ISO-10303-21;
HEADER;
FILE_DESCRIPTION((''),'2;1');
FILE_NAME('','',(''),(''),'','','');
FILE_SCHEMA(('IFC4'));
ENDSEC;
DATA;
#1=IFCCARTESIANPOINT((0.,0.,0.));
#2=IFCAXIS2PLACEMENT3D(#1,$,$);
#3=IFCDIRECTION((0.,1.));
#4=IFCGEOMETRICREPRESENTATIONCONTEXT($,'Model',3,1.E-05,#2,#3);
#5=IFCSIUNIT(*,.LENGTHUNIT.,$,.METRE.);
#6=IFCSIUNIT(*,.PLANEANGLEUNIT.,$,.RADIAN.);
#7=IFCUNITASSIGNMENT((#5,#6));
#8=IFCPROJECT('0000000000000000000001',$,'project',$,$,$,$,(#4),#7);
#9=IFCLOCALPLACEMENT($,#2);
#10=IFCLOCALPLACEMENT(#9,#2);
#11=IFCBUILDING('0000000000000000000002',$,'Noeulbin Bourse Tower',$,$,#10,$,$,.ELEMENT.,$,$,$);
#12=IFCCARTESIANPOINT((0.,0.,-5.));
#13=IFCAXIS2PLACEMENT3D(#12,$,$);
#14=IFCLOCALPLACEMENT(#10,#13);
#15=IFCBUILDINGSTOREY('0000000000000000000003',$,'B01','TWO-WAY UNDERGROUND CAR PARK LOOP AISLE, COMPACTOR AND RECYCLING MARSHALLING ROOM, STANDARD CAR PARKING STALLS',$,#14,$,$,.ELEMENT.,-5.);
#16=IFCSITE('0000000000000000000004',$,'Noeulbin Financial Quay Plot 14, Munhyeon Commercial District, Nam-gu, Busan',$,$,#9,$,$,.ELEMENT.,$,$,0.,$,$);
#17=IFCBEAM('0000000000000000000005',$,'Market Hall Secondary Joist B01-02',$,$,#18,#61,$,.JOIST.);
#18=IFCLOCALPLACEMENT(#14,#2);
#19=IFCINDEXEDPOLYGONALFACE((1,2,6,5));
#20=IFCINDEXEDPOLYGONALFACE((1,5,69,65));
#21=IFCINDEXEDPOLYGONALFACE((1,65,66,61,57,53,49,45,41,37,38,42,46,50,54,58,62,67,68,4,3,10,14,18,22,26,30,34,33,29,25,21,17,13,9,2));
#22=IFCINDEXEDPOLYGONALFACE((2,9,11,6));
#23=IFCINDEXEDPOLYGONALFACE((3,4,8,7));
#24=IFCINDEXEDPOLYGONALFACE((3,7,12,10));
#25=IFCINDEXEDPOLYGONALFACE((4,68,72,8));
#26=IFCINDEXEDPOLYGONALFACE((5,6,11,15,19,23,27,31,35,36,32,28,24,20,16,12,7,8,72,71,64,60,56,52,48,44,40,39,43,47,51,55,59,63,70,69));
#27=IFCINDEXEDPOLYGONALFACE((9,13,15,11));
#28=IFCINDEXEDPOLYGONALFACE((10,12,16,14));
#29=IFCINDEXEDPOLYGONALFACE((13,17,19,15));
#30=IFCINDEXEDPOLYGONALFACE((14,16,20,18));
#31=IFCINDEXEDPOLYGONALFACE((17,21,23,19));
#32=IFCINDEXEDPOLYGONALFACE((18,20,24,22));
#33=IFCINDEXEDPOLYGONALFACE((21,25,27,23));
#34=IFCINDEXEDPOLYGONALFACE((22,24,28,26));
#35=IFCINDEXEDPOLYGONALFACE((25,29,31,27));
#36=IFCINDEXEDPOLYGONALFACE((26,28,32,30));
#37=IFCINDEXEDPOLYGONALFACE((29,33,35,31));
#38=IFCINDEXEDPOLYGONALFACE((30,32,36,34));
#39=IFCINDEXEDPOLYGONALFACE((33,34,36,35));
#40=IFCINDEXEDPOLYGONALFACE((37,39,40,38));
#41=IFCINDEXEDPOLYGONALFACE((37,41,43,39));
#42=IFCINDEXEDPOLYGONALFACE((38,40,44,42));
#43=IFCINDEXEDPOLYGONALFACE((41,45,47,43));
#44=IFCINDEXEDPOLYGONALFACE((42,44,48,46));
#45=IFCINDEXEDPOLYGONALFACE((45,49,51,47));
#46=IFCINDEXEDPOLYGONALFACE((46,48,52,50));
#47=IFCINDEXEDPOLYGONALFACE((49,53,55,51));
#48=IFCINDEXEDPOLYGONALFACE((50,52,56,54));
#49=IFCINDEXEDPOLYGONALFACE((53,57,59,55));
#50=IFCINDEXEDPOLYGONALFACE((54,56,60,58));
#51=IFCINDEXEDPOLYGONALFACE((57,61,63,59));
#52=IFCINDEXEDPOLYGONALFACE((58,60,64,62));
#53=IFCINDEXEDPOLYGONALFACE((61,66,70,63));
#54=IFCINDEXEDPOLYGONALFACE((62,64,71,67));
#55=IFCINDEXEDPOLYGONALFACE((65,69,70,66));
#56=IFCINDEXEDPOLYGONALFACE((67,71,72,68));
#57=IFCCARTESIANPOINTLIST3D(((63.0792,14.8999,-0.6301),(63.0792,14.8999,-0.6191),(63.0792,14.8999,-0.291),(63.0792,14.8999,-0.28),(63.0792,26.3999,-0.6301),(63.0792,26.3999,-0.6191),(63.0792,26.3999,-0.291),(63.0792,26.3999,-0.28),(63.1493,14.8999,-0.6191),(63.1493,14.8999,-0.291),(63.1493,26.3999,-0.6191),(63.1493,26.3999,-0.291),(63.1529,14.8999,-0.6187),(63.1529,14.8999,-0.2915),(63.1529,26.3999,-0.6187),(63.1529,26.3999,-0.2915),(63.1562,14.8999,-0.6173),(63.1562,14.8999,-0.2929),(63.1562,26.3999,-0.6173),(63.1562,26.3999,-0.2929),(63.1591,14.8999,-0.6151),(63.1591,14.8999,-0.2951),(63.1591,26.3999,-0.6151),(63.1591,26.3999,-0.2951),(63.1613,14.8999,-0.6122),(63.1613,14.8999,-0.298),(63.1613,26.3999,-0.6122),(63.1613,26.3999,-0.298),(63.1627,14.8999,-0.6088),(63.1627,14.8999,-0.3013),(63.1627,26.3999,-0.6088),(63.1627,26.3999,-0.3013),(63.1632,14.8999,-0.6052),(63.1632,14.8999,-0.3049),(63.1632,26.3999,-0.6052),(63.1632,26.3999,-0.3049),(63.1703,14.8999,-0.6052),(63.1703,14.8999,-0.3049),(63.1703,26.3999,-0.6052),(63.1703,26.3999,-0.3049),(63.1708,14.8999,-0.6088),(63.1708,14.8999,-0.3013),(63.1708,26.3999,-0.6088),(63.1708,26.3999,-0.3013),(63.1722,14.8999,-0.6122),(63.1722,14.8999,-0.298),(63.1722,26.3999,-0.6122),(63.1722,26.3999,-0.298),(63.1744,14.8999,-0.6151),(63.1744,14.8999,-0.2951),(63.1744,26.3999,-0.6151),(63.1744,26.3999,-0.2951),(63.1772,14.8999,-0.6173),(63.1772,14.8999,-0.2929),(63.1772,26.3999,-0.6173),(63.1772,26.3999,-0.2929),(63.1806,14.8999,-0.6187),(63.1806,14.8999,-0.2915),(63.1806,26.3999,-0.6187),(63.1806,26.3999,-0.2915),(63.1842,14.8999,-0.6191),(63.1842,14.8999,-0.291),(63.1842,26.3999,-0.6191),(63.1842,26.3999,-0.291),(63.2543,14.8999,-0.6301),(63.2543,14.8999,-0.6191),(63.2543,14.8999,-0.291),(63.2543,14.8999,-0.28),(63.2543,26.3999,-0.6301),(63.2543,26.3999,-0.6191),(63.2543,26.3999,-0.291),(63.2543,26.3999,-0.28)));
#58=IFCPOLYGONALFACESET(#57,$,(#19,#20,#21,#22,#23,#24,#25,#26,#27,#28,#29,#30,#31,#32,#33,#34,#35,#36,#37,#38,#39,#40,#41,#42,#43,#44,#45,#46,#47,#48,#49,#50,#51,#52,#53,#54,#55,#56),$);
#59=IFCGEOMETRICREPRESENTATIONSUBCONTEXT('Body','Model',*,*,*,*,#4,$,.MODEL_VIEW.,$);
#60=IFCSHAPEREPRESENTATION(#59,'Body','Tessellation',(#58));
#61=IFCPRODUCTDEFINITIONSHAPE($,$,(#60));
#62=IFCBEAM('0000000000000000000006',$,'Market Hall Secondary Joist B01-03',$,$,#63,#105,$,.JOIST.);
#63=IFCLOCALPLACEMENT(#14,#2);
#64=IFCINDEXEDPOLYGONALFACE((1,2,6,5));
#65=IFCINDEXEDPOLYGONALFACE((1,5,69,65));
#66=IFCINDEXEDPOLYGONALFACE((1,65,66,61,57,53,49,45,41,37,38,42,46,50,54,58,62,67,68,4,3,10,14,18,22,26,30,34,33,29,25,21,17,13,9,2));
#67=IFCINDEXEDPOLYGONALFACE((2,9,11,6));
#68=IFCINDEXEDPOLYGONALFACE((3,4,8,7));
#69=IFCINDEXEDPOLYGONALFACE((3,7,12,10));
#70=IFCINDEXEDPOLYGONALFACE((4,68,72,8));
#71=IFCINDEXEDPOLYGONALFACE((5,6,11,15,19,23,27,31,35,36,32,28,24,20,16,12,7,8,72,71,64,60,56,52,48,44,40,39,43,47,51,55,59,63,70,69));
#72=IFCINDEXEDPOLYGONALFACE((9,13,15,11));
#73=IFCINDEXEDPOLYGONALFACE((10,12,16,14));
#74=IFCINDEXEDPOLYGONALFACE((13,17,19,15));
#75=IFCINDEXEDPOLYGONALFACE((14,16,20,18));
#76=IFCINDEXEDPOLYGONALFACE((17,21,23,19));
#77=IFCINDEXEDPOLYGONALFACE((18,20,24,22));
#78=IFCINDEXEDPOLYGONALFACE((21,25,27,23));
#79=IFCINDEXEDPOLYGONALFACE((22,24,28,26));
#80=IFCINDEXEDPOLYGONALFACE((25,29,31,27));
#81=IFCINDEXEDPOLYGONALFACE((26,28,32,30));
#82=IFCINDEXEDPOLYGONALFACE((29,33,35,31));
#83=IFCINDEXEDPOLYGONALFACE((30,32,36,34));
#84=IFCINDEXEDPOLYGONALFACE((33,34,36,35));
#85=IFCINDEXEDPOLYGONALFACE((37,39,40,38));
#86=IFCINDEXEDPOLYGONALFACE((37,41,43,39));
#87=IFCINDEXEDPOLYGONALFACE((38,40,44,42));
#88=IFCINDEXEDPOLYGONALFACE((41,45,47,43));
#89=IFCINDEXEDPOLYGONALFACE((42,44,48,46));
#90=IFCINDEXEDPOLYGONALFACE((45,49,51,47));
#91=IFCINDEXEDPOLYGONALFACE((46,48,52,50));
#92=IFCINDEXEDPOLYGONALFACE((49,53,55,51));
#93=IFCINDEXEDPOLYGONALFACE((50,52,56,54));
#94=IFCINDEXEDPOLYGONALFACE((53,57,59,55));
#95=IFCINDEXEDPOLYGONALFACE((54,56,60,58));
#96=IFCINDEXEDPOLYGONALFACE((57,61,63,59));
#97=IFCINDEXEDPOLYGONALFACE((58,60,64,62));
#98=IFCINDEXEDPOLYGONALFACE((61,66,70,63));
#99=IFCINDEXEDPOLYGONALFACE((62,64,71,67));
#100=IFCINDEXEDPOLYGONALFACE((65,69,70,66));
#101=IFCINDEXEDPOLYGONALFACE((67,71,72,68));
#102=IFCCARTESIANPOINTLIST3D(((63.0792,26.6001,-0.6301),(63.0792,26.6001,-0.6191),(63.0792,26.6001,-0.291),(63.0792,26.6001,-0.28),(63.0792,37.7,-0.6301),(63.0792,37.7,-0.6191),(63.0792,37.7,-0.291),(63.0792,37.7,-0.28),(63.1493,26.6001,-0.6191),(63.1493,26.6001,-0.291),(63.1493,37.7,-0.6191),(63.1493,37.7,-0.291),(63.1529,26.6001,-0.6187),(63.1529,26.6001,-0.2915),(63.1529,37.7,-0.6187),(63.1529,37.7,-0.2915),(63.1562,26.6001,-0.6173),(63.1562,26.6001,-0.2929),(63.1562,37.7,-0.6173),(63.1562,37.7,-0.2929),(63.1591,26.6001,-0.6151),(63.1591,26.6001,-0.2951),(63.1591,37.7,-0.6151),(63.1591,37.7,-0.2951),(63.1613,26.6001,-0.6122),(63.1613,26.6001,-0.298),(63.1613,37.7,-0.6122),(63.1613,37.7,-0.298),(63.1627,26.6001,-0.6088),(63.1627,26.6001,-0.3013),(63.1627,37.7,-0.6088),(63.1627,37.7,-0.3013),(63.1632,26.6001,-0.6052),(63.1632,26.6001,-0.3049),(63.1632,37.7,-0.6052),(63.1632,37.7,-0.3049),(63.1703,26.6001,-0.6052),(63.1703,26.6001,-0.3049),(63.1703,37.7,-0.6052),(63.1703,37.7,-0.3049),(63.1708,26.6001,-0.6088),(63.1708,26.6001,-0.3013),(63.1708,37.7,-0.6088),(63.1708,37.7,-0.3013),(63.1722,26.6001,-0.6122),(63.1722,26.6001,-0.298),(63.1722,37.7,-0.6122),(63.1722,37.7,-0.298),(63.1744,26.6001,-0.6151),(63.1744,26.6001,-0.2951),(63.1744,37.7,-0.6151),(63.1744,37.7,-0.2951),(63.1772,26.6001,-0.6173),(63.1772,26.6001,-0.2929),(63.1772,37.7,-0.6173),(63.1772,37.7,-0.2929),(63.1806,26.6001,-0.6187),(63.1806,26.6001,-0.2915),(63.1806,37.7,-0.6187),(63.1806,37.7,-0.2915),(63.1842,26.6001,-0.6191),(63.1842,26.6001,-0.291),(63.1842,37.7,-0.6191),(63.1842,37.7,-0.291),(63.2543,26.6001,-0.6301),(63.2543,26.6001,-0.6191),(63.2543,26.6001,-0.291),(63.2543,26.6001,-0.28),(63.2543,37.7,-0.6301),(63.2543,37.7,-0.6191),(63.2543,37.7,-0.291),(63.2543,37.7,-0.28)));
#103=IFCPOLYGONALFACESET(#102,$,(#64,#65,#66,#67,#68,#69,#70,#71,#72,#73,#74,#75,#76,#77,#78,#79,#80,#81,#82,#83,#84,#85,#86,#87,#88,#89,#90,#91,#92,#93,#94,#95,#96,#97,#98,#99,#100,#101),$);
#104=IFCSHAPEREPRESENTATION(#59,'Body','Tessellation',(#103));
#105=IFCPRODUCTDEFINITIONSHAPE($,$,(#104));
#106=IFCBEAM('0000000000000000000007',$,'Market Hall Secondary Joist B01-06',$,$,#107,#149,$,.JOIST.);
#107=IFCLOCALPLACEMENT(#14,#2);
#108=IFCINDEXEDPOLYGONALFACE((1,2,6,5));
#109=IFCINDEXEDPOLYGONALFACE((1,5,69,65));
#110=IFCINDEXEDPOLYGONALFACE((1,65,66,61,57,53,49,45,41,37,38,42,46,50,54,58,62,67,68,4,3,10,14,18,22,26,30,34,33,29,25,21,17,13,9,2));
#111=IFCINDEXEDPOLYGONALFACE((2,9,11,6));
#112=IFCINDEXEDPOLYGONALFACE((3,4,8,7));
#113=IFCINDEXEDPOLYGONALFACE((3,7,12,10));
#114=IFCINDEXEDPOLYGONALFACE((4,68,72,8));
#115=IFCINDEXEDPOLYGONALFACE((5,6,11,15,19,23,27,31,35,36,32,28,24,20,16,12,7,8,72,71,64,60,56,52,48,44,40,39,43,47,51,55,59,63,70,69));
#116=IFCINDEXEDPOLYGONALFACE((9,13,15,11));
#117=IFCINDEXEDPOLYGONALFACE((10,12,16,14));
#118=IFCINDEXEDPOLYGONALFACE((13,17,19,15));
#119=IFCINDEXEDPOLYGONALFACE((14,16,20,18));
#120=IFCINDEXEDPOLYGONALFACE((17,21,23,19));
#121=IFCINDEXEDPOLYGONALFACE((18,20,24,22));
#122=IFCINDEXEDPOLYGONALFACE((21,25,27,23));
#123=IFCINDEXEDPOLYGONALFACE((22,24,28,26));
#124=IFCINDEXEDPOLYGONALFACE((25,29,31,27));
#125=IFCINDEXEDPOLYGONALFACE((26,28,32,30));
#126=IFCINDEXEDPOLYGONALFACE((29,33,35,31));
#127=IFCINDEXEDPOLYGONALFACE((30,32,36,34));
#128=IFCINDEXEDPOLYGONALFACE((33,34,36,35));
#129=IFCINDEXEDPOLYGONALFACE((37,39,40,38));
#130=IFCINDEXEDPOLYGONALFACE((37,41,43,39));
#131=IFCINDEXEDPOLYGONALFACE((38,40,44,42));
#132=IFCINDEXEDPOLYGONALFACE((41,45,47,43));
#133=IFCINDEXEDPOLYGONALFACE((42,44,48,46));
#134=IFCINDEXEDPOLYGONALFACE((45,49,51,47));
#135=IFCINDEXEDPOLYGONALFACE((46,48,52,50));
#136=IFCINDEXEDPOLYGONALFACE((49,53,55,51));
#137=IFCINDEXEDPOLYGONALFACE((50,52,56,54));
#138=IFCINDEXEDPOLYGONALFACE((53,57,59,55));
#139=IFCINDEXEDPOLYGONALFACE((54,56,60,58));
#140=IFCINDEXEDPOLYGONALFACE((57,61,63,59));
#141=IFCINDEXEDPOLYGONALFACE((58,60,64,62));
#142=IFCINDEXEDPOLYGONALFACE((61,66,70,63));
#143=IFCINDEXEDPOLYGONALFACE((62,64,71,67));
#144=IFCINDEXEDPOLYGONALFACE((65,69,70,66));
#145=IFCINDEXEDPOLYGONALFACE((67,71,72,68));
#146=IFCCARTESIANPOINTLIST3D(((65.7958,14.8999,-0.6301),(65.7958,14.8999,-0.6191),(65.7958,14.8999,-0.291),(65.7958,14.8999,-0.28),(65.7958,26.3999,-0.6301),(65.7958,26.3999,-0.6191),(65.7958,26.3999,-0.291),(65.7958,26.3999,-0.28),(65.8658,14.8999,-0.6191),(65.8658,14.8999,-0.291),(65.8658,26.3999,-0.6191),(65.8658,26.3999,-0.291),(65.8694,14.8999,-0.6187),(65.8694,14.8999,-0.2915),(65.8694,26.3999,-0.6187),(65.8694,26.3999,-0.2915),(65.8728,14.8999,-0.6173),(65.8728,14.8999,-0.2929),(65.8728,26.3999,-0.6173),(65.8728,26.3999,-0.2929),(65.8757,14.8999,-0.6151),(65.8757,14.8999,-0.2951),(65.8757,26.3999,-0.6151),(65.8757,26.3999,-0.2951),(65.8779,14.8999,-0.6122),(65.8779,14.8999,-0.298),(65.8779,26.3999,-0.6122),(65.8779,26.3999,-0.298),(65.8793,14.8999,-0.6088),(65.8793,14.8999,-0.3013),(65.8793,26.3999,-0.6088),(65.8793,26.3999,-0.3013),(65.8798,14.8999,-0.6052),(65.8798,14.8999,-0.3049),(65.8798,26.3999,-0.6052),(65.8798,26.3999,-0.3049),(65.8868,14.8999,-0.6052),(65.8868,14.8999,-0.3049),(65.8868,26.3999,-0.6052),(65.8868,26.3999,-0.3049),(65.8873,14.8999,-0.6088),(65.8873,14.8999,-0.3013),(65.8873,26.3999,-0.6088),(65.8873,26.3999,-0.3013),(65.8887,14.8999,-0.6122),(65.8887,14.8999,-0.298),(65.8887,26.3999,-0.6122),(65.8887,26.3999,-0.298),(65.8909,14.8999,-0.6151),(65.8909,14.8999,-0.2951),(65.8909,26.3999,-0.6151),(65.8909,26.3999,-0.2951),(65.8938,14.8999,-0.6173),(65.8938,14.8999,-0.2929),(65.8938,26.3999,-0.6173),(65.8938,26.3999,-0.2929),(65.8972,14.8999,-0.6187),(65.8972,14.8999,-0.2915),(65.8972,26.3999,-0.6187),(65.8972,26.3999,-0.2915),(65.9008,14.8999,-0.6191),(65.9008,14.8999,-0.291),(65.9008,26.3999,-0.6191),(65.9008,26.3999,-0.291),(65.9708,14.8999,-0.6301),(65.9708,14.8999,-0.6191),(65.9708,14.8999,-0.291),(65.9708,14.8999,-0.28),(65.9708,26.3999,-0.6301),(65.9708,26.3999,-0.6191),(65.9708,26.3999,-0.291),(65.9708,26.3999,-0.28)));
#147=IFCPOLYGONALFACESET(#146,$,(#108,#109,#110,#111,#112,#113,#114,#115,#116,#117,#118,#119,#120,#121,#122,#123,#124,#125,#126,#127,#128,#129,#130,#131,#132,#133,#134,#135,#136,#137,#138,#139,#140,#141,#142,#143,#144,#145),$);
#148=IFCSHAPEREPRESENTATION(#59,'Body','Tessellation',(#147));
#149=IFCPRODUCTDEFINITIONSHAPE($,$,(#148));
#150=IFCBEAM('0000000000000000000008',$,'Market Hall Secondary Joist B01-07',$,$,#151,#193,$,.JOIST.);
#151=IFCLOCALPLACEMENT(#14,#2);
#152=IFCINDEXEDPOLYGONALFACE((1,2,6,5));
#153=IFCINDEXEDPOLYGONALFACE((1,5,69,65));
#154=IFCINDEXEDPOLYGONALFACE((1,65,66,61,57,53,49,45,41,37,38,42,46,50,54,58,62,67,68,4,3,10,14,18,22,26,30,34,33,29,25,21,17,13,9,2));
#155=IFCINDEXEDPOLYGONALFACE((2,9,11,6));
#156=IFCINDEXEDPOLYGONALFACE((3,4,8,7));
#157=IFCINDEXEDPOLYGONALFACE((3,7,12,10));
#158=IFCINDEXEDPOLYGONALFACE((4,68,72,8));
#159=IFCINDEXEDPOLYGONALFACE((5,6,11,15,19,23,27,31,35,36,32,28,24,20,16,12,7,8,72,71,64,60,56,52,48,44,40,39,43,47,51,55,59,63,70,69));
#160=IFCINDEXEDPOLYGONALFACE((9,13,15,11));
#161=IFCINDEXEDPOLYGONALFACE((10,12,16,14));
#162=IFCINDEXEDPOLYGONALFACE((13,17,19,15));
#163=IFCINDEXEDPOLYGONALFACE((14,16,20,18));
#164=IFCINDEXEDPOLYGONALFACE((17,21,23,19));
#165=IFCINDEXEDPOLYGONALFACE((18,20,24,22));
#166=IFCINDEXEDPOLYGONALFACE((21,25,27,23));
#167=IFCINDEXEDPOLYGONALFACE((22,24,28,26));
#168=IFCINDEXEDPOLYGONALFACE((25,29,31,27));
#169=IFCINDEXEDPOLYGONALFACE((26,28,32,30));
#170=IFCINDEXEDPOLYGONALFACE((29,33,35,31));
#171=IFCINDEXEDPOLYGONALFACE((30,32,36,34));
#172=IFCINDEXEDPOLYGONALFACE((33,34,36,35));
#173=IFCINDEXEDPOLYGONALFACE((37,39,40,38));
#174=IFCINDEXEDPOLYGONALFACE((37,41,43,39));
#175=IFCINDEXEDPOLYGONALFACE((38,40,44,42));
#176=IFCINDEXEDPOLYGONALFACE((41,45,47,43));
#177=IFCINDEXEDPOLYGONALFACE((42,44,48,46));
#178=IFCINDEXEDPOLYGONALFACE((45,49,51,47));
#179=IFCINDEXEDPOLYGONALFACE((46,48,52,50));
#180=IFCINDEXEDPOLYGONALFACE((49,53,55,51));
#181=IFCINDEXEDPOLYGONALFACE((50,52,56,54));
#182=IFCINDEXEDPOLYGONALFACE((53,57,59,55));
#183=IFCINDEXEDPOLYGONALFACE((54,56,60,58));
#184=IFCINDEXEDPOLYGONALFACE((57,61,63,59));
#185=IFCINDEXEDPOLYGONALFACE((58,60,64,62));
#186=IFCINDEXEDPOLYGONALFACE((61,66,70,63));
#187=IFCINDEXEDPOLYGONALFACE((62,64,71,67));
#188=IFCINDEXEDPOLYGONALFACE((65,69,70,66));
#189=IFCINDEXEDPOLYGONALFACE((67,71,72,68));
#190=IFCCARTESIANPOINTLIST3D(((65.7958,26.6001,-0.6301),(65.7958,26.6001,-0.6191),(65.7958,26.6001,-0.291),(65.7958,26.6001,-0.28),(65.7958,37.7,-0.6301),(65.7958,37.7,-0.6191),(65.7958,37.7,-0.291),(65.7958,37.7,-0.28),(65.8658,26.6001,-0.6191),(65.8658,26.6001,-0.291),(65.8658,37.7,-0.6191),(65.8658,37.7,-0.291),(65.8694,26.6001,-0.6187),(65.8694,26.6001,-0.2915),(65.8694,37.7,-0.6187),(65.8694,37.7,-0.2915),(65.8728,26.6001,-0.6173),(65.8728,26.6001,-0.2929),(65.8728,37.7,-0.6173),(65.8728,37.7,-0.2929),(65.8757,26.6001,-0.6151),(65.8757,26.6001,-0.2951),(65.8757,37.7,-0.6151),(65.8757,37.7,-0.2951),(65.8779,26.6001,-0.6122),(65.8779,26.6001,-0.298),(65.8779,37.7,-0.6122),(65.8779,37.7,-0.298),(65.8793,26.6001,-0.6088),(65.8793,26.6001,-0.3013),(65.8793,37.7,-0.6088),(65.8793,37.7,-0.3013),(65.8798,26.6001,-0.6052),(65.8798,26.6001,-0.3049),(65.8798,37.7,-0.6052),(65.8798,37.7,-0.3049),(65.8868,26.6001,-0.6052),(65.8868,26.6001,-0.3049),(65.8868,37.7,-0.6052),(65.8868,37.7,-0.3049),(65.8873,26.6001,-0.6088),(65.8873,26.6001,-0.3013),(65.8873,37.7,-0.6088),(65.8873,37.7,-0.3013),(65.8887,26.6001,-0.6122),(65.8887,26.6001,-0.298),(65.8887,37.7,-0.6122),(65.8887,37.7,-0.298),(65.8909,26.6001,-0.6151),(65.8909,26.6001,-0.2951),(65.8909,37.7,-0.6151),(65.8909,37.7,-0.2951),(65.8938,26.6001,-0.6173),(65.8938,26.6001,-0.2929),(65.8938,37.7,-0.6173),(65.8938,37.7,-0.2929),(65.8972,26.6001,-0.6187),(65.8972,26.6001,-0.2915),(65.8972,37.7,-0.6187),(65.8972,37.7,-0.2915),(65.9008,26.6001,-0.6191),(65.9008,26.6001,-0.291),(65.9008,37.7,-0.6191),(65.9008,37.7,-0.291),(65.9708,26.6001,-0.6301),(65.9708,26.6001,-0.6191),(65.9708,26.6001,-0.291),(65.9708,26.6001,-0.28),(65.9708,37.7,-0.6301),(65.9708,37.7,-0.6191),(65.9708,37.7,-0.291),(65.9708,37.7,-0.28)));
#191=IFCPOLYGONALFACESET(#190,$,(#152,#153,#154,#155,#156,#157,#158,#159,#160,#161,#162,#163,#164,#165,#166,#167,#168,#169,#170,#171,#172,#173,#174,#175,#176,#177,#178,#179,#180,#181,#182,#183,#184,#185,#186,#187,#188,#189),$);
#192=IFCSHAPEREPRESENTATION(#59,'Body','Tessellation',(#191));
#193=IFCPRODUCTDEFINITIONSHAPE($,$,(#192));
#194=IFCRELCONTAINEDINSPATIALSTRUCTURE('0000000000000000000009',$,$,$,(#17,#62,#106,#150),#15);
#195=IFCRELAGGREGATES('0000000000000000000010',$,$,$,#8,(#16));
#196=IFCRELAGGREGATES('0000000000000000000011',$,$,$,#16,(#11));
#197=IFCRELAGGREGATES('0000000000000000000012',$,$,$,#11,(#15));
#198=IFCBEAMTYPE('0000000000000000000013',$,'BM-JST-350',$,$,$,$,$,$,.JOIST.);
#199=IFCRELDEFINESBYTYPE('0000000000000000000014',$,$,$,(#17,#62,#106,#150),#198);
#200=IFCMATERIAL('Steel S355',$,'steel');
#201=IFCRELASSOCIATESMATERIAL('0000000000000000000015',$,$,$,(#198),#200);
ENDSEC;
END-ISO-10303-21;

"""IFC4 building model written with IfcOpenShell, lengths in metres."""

from ifc_helpers import new_model, si_unit, direction, frame, origin, origin_2d, place, context, subcontext, project, spatial, i_section, extrude, material, material_profile, profile_set, type_object, element, save


model = new_model("IFC4")

# Units and contexts
model_context = context("Model", 3, precision=1e-05, world=origin(), true_north=direction((0.0, 1.0)))
body_context = subcontext(model_context, "Body", "Model", "MODEL_VIEW")
ifc_project = project(units=[si_unit("LENGTHUNIT", "METRE"), si_unit("PLANEANGLEUNIT", "RADIAN")], contexts=[model_context])

# Site, building, storey
site_placement = place(None, origin())
site = spatial("IfcSite", under=ifc_project, at=site_placement, Name="Noeulbin Financial Quay Plot 14, Munhyeon Commercial District, Nam-gu, Busan", CompositionType="ELEMENT", RefElevation=0.0)
building_placement = place(site_placement, origin())
building = spatial("IfcBuilding", under=site, at=building_placement, Name="Noeulbin Bourse Tower", CompositionType="ELEMENT")
storey_placement = place(building_placement, frame((0.0, 0.0, -5.0)))
storey = spatial("IfcBuildingStorey", under=building, at=storey_placement, Name="B01", Description="TWO-WAY UNDERGROUND CAR PARK LOOP AISLE, COMPACTOR AND RECYCLING MARSHALLING ROOM, STANDARD CAR PARKING STALLS", CompositionType="ELEMENT", Elevation=-5.0)

# Beams
ifc_material_1 = material(Name="Steel S355", Category="steel")
ifc_material_profile_1 = material_profile(ifc_material_1, i_section(OverallWidth=0.175, OverallDepth=0.3501, WebThickness=0.0071, FlangeThickness=0.011, FilletRadius=0.0139, at=origin_2d()), Name="H-350x175x7x11", Category="LoadBearing")
ifc_profile_set_1 = profile_set([ifc_material_profile_1], Name="Steel S355")
beam_type_1 = type_object("IfcBeamType", Name="BM-JST-350", PredefinedType="JOIST", material=ifc_profile_set_1)
beam_1_placement = place(storey_placement, frame((63.1667, 14.8999, -0.4551), z_axis=(0.0, 1.0, 0.0), x_axis=(-1.0, 0.0, 0.0)))
element("IfcBeam", 1, at=beam_1_placement, inside=storey, type_object=beam_type_1, Name="Market Hall Secondary Joist B01-02", PredefinedType="JOIST", context=body_context, shape_type="SweptSolid", body=[
    extrude(i_section(OverallWidth=0.175, OverallDepth=0.3501, WebThickness=0.0071, FlangeThickness=0.011, FilletRadius=0.0139, at=origin_2d()), origin(), (0.0, 0.0, 1.0), 11.5),
])
beam_2_placement = place(storey_placement, frame((63.1667, 26.6001, -0.4551), z_axis=(0.0, 1.0, 0.0), x_axis=(-1.0, 0.0, 0.0)))
element("IfcBeam", 2, at=beam_2_placement, inside=storey, type_object=beam_type_1, Name="Market Hall Secondary Joist B01-03", PredefinedType="JOIST", context=body_context, shape_type="SweptSolid", body=[
    extrude(i_section(OverallWidth=0.175, OverallDepth=0.3501, WebThickness=0.0071, FlangeThickness=0.011, FilletRadius=0.0139, at=origin_2d()), origin(), (0.0, 0.0, 1.0), 11.0999),
])
beam_3_placement = place(storey_placement, frame((65.8833, 14.8999, -0.4551), z_axis=(0.0, 1.0, 0.0), x_axis=(-1.0, 0.0, 0.0)))
element("IfcBeam", 3, at=beam_3_placement, inside=storey, type_object=beam_type_1, Name="Market Hall Secondary Joist B01-06", PredefinedType="JOIST", context=body_context, shape_type="SweptSolid", body=[
    extrude(i_section(OverallWidth=0.175, OverallDepth=0.3501, WebThickness=0.0071, FlangeThickness=0.011, FilletRadius=0.0139, at=origin_2d()), origin(), (0.0, 0.0, 1.0), 11.5),
])
beam_4_placement = place(storey_placement, frame((65.8833, 26.6001, -0.4551), z_axis=(0.0, 1.0, 0.0), x_axis=(-1.0, 0.0, 0.0)))
element("IfcBeam", 4, at=beam_4_placement, inside=storey, type_object=beam_type_1, Name="Market Hall Secondary Joist B01-07", PredefinedType="JOIST", context=body_context, shape_type="SweptSolid", body=[
    extrude(i_section(OverallWidth=0.175, OverallDepth=0.3501, WebThickness=0.0071, FlangeThickness=0.011, FilletRadius=0.0139, at=origin_2d()), origin(), (0.0, 0.0, 1.0), 11.0999),
])

save(model, "model.ifc")
